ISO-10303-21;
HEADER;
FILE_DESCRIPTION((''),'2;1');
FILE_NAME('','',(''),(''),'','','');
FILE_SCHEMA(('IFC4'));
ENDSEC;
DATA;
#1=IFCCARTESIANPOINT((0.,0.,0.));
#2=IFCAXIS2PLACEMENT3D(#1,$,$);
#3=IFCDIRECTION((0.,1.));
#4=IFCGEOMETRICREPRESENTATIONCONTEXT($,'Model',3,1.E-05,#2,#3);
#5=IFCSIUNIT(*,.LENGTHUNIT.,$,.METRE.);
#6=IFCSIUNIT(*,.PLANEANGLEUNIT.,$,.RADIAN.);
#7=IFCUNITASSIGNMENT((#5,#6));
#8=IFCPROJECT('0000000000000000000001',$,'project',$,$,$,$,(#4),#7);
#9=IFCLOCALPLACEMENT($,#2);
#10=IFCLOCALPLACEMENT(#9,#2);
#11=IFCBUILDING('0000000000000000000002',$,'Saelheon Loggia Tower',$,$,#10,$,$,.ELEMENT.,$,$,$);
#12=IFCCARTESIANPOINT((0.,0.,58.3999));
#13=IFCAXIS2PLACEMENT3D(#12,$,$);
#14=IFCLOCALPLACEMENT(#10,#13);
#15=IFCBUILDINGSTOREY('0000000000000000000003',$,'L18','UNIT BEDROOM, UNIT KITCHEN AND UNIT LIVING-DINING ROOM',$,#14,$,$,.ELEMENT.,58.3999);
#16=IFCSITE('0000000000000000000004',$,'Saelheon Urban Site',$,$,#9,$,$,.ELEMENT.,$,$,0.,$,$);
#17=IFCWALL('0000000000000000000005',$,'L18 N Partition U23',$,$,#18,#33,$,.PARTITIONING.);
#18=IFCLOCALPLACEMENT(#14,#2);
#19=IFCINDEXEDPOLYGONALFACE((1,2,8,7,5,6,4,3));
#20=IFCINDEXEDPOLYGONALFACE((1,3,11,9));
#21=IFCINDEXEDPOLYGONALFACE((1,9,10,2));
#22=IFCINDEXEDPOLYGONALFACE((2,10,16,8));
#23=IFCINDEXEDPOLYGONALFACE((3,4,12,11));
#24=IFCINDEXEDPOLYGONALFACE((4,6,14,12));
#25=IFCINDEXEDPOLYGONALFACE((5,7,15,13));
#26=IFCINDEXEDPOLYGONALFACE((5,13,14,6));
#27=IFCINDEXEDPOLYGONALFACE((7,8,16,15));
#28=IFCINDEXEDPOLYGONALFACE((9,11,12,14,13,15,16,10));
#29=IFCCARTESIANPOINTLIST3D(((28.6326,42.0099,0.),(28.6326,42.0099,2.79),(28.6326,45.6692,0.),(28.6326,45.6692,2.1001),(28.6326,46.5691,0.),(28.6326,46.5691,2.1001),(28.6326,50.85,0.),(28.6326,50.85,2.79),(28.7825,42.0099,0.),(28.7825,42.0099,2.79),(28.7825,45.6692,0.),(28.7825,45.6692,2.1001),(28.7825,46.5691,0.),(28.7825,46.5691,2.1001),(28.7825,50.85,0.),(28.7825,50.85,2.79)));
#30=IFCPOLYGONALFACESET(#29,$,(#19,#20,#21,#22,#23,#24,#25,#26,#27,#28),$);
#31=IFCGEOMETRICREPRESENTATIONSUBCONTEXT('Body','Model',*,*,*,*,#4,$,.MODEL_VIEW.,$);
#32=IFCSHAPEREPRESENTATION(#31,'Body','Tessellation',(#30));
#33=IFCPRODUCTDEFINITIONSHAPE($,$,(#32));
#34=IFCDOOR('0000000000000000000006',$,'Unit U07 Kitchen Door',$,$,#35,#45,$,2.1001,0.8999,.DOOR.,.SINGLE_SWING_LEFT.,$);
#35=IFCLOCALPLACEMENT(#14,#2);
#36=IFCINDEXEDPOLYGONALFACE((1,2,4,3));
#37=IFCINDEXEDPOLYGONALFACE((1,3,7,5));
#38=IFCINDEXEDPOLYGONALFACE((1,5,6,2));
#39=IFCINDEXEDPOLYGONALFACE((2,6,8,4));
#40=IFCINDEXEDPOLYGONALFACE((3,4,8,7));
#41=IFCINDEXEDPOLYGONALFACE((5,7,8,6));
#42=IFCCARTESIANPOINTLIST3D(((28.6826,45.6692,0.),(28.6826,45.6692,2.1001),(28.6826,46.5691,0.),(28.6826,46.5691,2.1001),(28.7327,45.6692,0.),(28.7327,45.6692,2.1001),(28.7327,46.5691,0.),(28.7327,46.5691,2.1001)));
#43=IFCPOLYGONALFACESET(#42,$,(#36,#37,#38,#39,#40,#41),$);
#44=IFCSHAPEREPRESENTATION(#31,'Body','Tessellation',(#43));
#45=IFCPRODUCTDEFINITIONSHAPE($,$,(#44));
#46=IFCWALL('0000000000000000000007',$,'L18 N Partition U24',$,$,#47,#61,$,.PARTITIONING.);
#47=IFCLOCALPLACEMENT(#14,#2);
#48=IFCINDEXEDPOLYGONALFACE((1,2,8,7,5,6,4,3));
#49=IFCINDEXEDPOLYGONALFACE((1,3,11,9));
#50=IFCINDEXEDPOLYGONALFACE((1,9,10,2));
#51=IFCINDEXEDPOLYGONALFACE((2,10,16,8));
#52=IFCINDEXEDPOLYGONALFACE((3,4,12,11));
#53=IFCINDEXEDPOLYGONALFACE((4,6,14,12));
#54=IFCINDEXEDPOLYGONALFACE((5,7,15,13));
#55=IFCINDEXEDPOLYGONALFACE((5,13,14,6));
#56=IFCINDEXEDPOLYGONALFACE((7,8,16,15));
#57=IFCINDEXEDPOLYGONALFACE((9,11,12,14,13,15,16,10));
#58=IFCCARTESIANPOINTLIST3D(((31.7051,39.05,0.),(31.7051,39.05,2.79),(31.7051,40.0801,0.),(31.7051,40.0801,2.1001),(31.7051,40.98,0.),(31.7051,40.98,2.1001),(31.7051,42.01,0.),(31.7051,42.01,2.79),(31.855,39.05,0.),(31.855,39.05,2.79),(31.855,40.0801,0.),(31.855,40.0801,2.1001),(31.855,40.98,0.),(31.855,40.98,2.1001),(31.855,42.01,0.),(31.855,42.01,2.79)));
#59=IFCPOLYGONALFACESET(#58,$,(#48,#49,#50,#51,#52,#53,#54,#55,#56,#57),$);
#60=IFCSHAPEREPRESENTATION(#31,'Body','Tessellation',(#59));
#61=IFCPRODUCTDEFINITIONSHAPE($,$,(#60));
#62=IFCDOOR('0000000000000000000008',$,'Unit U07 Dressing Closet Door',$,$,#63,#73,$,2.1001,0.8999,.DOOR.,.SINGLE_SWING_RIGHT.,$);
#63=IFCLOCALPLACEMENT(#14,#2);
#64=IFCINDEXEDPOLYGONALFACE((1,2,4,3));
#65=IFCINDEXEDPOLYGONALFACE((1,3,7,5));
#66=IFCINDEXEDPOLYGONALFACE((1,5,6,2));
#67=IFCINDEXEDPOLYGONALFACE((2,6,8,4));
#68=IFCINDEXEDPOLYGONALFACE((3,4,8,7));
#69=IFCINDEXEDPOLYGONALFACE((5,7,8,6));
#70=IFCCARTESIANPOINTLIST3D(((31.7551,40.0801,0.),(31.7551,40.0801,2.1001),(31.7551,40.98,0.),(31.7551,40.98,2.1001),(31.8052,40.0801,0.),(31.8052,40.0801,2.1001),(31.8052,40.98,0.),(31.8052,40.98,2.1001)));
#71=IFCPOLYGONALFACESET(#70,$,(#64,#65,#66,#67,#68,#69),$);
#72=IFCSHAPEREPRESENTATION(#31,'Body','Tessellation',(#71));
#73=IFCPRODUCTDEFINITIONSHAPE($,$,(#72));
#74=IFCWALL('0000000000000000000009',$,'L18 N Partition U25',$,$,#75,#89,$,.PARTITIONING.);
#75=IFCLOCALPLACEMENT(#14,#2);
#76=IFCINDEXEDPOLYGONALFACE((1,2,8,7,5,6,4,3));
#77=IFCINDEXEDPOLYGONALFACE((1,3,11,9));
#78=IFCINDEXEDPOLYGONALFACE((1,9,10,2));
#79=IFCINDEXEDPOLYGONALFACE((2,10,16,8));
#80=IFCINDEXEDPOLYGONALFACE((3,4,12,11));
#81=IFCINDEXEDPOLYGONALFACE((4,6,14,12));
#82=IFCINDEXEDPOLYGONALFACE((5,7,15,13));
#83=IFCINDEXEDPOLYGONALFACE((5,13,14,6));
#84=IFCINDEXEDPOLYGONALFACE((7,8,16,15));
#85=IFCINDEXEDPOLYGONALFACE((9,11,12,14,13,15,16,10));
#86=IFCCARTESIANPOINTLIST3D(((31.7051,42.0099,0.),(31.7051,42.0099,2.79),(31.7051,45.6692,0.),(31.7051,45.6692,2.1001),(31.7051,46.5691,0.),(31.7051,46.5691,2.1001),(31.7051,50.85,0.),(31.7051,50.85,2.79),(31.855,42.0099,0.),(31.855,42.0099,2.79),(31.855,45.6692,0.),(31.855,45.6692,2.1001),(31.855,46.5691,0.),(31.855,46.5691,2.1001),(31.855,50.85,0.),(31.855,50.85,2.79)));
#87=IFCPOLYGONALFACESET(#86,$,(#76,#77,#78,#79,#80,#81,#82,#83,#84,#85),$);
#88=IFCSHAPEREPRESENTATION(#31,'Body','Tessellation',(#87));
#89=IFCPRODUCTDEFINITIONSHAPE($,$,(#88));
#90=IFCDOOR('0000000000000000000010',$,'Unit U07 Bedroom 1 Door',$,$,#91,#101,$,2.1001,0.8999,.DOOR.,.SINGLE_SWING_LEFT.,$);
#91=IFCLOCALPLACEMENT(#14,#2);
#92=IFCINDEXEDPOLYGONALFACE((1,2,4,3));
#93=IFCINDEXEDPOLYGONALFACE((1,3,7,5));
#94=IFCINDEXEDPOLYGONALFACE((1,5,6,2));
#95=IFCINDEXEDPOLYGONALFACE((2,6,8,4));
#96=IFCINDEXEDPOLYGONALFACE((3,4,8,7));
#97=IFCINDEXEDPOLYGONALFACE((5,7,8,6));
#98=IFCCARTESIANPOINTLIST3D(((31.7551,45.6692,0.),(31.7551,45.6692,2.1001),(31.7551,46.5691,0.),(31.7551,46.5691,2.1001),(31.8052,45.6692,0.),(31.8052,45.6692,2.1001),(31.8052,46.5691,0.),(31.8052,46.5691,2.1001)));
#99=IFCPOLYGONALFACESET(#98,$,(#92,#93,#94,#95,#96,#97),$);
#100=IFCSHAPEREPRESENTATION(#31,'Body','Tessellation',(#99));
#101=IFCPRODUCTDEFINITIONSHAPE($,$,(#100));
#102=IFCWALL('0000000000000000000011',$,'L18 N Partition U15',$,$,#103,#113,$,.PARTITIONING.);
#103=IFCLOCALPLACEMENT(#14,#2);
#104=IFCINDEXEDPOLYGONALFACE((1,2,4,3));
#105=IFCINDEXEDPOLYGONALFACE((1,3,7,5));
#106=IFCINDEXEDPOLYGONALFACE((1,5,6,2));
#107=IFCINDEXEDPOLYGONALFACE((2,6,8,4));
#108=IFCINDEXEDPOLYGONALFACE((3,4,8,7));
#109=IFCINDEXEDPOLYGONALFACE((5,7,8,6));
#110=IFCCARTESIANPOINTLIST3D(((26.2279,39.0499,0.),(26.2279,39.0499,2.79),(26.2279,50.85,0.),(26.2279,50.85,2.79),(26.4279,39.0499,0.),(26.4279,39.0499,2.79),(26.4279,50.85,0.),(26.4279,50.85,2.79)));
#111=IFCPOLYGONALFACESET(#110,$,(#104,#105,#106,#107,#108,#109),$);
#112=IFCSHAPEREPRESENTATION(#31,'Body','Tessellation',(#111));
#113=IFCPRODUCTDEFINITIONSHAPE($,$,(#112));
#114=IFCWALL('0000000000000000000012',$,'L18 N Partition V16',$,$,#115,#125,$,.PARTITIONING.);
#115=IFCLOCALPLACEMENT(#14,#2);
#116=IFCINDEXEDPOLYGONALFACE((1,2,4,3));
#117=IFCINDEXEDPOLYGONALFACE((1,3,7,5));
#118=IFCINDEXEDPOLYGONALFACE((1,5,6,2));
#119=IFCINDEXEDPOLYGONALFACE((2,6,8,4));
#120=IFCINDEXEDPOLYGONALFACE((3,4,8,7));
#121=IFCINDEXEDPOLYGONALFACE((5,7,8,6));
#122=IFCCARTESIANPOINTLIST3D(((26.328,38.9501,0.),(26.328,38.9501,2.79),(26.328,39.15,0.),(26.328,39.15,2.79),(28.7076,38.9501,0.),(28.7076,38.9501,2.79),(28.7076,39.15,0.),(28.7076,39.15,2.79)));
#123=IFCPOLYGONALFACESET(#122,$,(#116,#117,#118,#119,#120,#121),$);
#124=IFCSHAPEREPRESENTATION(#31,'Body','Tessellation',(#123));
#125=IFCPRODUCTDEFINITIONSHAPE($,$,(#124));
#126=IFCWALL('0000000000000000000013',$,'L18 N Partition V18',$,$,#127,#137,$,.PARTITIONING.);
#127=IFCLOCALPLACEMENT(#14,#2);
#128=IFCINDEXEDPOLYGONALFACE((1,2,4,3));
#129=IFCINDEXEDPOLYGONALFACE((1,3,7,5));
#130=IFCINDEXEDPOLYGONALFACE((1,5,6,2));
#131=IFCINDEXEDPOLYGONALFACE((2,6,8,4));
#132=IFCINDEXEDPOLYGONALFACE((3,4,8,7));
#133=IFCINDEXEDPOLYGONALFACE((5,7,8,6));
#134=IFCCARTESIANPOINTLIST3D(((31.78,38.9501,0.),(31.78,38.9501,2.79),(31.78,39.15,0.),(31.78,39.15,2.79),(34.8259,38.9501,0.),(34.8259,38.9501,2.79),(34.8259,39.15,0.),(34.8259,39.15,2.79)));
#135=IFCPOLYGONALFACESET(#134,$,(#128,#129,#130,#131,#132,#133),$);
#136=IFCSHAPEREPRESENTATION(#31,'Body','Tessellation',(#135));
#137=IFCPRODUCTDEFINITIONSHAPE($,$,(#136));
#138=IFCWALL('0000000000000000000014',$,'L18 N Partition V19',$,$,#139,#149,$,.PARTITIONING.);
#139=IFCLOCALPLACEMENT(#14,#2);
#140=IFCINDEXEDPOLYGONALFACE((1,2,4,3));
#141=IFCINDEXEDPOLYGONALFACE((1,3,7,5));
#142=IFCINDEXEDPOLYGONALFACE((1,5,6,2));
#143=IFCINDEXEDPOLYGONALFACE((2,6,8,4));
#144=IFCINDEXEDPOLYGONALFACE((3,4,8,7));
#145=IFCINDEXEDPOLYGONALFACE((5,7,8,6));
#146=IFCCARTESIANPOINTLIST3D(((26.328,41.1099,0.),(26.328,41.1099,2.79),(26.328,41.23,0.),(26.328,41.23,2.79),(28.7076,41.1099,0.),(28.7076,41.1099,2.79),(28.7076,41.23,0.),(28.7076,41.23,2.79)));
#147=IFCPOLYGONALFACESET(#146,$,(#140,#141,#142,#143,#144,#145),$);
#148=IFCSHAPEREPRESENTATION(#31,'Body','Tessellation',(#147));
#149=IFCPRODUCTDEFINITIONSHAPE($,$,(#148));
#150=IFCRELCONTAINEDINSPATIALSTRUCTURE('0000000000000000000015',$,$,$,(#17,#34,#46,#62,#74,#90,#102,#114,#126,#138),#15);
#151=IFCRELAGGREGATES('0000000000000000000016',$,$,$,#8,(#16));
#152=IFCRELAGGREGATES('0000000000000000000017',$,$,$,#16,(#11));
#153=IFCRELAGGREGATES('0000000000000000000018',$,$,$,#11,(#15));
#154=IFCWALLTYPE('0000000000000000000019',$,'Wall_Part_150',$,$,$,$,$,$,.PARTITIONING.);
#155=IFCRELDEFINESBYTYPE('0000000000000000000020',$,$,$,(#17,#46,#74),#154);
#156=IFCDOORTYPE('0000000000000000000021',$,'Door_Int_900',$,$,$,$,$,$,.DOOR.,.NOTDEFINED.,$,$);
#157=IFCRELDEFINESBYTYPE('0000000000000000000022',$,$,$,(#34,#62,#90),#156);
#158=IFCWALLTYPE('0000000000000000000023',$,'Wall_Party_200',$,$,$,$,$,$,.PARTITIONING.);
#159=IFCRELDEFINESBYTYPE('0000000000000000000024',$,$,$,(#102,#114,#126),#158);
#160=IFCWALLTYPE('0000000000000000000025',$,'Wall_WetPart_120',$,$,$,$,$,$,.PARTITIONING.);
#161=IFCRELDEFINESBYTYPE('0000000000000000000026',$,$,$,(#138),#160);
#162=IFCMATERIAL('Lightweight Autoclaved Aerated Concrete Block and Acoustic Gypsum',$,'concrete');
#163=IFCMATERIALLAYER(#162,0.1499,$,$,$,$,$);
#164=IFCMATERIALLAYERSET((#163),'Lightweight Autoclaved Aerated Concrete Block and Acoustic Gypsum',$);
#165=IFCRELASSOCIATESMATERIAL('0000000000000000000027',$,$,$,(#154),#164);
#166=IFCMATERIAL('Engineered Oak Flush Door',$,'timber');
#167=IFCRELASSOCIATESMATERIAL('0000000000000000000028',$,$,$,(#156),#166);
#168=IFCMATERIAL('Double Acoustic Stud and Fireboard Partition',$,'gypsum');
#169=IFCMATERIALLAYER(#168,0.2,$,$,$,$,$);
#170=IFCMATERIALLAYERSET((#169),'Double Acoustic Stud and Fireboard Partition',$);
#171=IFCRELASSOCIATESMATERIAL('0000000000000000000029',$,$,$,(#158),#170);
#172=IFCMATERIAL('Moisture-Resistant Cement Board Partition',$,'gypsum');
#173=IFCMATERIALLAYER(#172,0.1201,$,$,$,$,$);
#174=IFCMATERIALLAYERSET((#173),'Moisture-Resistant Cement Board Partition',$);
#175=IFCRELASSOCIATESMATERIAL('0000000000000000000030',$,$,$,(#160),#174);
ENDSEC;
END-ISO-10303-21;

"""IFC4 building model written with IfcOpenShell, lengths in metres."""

from ifc_helpers import new_model, si_unit, direction, frame, frame_2d, origin, place, context, subcontext, project, spatial, rectangle, extrude, source, transform, mapped, material, layer, layer_set, type_object, element, fill, save


model = new_model("IFC4")

# Units and contexts
model_context = context("Model", 3, precision=1e-05, world=origin(), true_north=direction((0.0, 1.0)))
body_context = subcontext(model_context, "Body", "Model", "MODEL_VIEW")
ifc_project = project(units=[si_unit("LENGTHUNIT", "METRE"), si_unit("PLANEANGLEUNIT", "RADIAN")], contexts=[model_context])

# Site, building, storey
site_placement = place(None, origin())
site = spatial("IfcSite", under=ifc_project, at=site_placement, Name="Saelheon Urban Site", CompositionType="ELEMENT", RefElevation=0.0)
building_placement = place(site_placement, origin())
building = spatial("IfcBuilding", under=site, at=building_placement, Name="Saelheon Loggia Tower", CompositionType="ELEMENT")
storey_placement = place(building_placement, frame((0.0, 0.0, 58.3999)))
storey = spatial("IfcBuildingStorey", under=building, at=storey_placement, Name="L18", Description="UNIT BEDROOM, UNIT KITCHEN AND UNIT LIVING-DINING ROOM", CompositionType="ELEMENT", Elevation=58.3999)

# Shared definitions
ifc_material_1 = material(Name="Lightweight Autoclaved Aerated Concrete Block and Acoustic Gypsum", Category="concrete")
ifc_layer_1 = layer(ifc_material_1, 0.1499)
ifc_layer_set_1 = layer_set([ifc_layer_1], Name="Lightweight Autoclaved Aerated Concrete Block and Acoustic Gypsum")
wall_type_1 = type_object("IfcWallType", Name="Wall_Part_150", PredefinedType="PARTITIONING", material=ifc_layer_set_1)

# Shared definitions
ifc_material_2 = material(Name="Engineered Oak Flush Door", Category="timber")
door_type_1 = type_object("IfcDoorType", Name="Door_Int_900", OperationType="NOTDEFINED", PredefinedType="DOOR", material=ifc_material_2)
shared_shape_1 = source(origin(), body_context, "Body", "SweptSolid", [
    extrude(rectangle(XDim=0.8999, YDim=2.1001, at=frame_2d((0.45, 1.05))), frame((0.0, 0.0249, 0.0), z_axis=(0.0, -1.0, 0.0), x_axis=(1.0, 0.0, 0.0)), (0.0, 0.0, 1.0), 0.05),
])

# Walls, openings, doors
wall_1_placement = place(storey_placement, frame((28.7075, 42.01, 0.0), z_axis=(0.0, 0.0, 1.0), x_axis=(0.0, 1.0, 0.0)))
wall_1 = element("IfcWall", 1, at=wall_1_placement, inside=storey, type_object=wall_type_1, Name="L18 N Partition U23", PredefinedType="PARTITIONING", context=body_context, shape_type="SweptSolid", body=[
    extrude(rectangle(XDim=8.8401, YDim=0.1499, at=frame_2d((4.4199, 0.0))), origin(), (0.0, 0.0, 1.0), 2.79),
])
opening_1_placement = place(wall_1_placement, frame((3.6592, 0.0, 0.0)))
opening_1 = element("IfcOpeningElement", 2, at=opening_1_placement, cuts=wall_1, PredefinedType="OPENING", context=body_context, shape_type="SweptSolid", body=[
    extrude(rectangle(XDim=0.8999, YDim=2.1001, at=frame_2d((0.45, 1.05))), frame((0.0, 0.0869, 0.0), z_axis=(0.0, -1.0, 0.0), x_axis=(1.0, 0.0, 0.0)), (0.0, 0.0, 1.0), 0.1738),
])
door_1_placement = place(opening_1_placement, origin())
door_1 = element("IfcDoor", 3, at=door_1_placement, inside=storey, type_object=door_type_1, Name="Unit U07 Kitchen Door", OperationType="SINGLE_SWING_LEFT", OverallHeight=2.1001, OverallWidth=0.8999, PredefinedType="DOOR", context=body_context, shape_type="MappedRepresentation", body=[
    mapped(shared_shape_1, transform((0.0, 0.0, 0.0), scale=1.0)),
])
fill(opening_1, door_1)
wall_2_placement = place(storey_placement, frame((31.78, 39.05, 0.0), z_axis=(0.0, 0.0, 1.0), x_axis=(0.0, 1.0, 0.0)))
wall_2 = element("IfcWall", 4, at=wall_2_placement, inside=storey, type_object=wall_type_1, Name="L18 N Partition U24", PredefinedType="PARTITIONING", context=body_context, shape_type="SweptSolid", body=[
    extrude(rectangle(XDim=2.96, YDim=0.1499, at=frame_2d((1.48, 0.0))), origin(), (0.0, 0.0, 1.0), 2.79),
])
opening_2_placement = place(wall_2_placement, frame((1.03, 0.0, 0.0)))
opening_2 = element("IfcOpeningElement", 5, at=opening_2_placement, cuts=wall_2, PredefinedType="OPENING", context=body_context, shape_type="SweptSolid", body=[
    extrude(rectangle(XDim=0.8999, YDim=2.1001, at=frame_2d((0.45, 1.05))), frame((0.0, 0.0869, 0.0), z_axis=(0.0, -1.0, 0.0), x_axis=(1.0, 0.0, 0.0)), (0.0, 0.0, 1.0), 0.1738),
])
door_2_placement = place(opening_2_placement, origin())
door_2 = element("IfcDoor", 6, at=door_2_placement, inside=storey, type_object=door_type_1, Name="Unit U07 Dressing Closet Door", OperationType="SINGLE_SWING_RIGHT", OverallHeight=2.1001, OverallWidth=0.8999, PredefinedType="DOOR", context=body_context, shape_type="MappedRepresentation", body=[
    mapped(shared_shape_1, transform((0.0, 0.0, 0.0), scale=1.0)),
])
fill(opening_2, door_2)
wall_3_placement = place(storey_placement, frame((31.78, 42.01, 0.0), z_axis=(0.0, 0.0, 1.0), x_axis=(0.0, 1.0, 0.0)))
wall_3 = element("IfcWall", 7, at=wall_3_placement, inside=storey, type_object=wall_type_1, Name="L18 N Partition U25", PredefinedType="PARTITIONING", context=body_context, shape_type="SweptSolid", body=[
    extrude(rectangle(XDim=8.8401, YDim=0.1499, at=frame_2d((4.4199, 0.0))), origin(), (0.0, 0.0, 1.0), 2.79),
])
opening_3_placement = place(wall_3_placement, frame((3.6592, 0.0, 0.0)))
opening_3 = element("IfcOpeningElement", 8, at=opening_3_placement, cuts=wall_3, PredefinedType="OPENING", context=body_context, shape_type="SweptSolid", body=[
    extrude(rectangle(XDim=0.8999, YDim=2.1001, at=frame_2d((0.45, 1.05))), frame((0.0, 0.0869, 0.0), z_axis=(0.0, -1.0, 0.0), x_axis=(1.0, 0.0, 0.0)), (0.0, 0.0, 1.0), 0.1738),
])
door_3_placement = place(opening_3_placement, origin())
door_3 = element("IfcDoor", 9, at=door_3_placement, inside=storey, type_object=door_type_1, Name="Unit U07 Bedroom 1 Door", OperationType="SINGLE_SWING_LEFT", OverallHeight=2.1001, OverallWidth=0.8999, PredefinedType="DOOR", context=body_context, shape_type="MappedRepresentation", body=[
    mapped(shared_shape_1, transform((0.0, 0.0, 0.0), scale=1.0)),
])
fill(opening_3, door_3)

# Walls
ifc_material_3 = material(Name="Double Acoustic Stud and Fireboard Partition", Category="gypsum")
ifc_layer_2 = layer(ifc_material_3, 0.2)
ifc_layer_set_2 = layer_set([ifc_layer_2], Name="Double Acoustic Stud and Fireboard Partition")
wall_type_2 = type_object("IfcWallType", Name="Wall_Party_200", PredefinedType="PARTITIONING", material=ifc_layer_set_2)
wall_4_placement = place(storey_placement, frame((26.3279, 39.05, 0.0), z_axis=(0.0, 0.0, 1.0), x_axis=(0.0, 1.0, 0.0)))
element("IfcWall", 10, at=wall_4_placement, inside=storey, type_object=wall_type_2, Name="L18 N Partition U15", PredefinedType="PARTITIONING", context=body_context, shape_type="SweptSolid", body=[
    extrude(rectangle(XDim=11.8, YDim=0.2, at=frame_2d((5.8999, 0.0))), origin(), (0.0, 0.0, 1.0), 2.79),
])
wall_5_placement = place(storey_placement, frame((26.3279, 39.05, 0.0), z_axis=(0.0, 0.0, 1.0), x_axis=(1.0, 0.0, 0.0)))
element("IfcWall", 11, at=wall_5_placement, inside=storey, type_object=wall_type_2, Name="L18 N Partition V16", PredefinedType="PARTITIONING", context=body_context, shape_type="SweptSolid", body=[
    extrude(rectangle(XDim=2.3796, YDim=0.2, at=frame_2d((1.1899, 0.0))), origin(), (0.0, 0.0, 1.0), 2.79),
])

# Walls
wall_6_placement = place(storey_placement, frame((31.78, 39.05, 0.0), z_axis=(0.0, 0.0, 1.0), x_axis=(1.0, 0.0, 0.0)))
element("IfcWall", 12, at=wall_6_placement, inside=storey, type_object=wall_type_2, Name="L18 N Partition V18", PredefinedType="PARTITIONING", context=body_context, shape_type="SweptSolid", body=[
    extrude(rectangle(XDim=3.0459, YDim=0.2, at=frame_2d((1.5229, 0.0))), origin(), (0.0, 0.0, 1.0), 2.79),
])
ifc_material_4 = material(Name="Moisture-Resistant Cement Board Partition", Category="gypsum")
ifc_layer_3 = layer(ifc_material_4, 0.1201)
ifc_layer_set_3 = layer_set([ifc_layer_3], Name="Moisture-Resistant Cement Board Partition")
wall_type_3 = type_object("IfcWallType", Name="Wall_WetPart_120", PredefinedType="PARTITIONING", material=ifc_layer_set_3)
wall_7_placement = place(storey_placement, frame((26.3279, 41.1699, 0.0), z_axis=(0.0, 0.0, 1.0), x_axis=(1.0, 0.0, 0.0)))
element("IfcWall", 13, at=wall_7_placement, inside=storey, type_object=wall_type_3, Name="L18 N Partition V19", PredefinedType="PARTITIONING", context=body_context, shape_type="SweptSolid", body=[
    extrude(rectangle(XDim=2.3796, YDim=0.1201, at=frame_2d((1.1899, 0.0))), origin(), (0.0, 0.0, 1.0), 2.79),
])

save(model, "model.ifc")
